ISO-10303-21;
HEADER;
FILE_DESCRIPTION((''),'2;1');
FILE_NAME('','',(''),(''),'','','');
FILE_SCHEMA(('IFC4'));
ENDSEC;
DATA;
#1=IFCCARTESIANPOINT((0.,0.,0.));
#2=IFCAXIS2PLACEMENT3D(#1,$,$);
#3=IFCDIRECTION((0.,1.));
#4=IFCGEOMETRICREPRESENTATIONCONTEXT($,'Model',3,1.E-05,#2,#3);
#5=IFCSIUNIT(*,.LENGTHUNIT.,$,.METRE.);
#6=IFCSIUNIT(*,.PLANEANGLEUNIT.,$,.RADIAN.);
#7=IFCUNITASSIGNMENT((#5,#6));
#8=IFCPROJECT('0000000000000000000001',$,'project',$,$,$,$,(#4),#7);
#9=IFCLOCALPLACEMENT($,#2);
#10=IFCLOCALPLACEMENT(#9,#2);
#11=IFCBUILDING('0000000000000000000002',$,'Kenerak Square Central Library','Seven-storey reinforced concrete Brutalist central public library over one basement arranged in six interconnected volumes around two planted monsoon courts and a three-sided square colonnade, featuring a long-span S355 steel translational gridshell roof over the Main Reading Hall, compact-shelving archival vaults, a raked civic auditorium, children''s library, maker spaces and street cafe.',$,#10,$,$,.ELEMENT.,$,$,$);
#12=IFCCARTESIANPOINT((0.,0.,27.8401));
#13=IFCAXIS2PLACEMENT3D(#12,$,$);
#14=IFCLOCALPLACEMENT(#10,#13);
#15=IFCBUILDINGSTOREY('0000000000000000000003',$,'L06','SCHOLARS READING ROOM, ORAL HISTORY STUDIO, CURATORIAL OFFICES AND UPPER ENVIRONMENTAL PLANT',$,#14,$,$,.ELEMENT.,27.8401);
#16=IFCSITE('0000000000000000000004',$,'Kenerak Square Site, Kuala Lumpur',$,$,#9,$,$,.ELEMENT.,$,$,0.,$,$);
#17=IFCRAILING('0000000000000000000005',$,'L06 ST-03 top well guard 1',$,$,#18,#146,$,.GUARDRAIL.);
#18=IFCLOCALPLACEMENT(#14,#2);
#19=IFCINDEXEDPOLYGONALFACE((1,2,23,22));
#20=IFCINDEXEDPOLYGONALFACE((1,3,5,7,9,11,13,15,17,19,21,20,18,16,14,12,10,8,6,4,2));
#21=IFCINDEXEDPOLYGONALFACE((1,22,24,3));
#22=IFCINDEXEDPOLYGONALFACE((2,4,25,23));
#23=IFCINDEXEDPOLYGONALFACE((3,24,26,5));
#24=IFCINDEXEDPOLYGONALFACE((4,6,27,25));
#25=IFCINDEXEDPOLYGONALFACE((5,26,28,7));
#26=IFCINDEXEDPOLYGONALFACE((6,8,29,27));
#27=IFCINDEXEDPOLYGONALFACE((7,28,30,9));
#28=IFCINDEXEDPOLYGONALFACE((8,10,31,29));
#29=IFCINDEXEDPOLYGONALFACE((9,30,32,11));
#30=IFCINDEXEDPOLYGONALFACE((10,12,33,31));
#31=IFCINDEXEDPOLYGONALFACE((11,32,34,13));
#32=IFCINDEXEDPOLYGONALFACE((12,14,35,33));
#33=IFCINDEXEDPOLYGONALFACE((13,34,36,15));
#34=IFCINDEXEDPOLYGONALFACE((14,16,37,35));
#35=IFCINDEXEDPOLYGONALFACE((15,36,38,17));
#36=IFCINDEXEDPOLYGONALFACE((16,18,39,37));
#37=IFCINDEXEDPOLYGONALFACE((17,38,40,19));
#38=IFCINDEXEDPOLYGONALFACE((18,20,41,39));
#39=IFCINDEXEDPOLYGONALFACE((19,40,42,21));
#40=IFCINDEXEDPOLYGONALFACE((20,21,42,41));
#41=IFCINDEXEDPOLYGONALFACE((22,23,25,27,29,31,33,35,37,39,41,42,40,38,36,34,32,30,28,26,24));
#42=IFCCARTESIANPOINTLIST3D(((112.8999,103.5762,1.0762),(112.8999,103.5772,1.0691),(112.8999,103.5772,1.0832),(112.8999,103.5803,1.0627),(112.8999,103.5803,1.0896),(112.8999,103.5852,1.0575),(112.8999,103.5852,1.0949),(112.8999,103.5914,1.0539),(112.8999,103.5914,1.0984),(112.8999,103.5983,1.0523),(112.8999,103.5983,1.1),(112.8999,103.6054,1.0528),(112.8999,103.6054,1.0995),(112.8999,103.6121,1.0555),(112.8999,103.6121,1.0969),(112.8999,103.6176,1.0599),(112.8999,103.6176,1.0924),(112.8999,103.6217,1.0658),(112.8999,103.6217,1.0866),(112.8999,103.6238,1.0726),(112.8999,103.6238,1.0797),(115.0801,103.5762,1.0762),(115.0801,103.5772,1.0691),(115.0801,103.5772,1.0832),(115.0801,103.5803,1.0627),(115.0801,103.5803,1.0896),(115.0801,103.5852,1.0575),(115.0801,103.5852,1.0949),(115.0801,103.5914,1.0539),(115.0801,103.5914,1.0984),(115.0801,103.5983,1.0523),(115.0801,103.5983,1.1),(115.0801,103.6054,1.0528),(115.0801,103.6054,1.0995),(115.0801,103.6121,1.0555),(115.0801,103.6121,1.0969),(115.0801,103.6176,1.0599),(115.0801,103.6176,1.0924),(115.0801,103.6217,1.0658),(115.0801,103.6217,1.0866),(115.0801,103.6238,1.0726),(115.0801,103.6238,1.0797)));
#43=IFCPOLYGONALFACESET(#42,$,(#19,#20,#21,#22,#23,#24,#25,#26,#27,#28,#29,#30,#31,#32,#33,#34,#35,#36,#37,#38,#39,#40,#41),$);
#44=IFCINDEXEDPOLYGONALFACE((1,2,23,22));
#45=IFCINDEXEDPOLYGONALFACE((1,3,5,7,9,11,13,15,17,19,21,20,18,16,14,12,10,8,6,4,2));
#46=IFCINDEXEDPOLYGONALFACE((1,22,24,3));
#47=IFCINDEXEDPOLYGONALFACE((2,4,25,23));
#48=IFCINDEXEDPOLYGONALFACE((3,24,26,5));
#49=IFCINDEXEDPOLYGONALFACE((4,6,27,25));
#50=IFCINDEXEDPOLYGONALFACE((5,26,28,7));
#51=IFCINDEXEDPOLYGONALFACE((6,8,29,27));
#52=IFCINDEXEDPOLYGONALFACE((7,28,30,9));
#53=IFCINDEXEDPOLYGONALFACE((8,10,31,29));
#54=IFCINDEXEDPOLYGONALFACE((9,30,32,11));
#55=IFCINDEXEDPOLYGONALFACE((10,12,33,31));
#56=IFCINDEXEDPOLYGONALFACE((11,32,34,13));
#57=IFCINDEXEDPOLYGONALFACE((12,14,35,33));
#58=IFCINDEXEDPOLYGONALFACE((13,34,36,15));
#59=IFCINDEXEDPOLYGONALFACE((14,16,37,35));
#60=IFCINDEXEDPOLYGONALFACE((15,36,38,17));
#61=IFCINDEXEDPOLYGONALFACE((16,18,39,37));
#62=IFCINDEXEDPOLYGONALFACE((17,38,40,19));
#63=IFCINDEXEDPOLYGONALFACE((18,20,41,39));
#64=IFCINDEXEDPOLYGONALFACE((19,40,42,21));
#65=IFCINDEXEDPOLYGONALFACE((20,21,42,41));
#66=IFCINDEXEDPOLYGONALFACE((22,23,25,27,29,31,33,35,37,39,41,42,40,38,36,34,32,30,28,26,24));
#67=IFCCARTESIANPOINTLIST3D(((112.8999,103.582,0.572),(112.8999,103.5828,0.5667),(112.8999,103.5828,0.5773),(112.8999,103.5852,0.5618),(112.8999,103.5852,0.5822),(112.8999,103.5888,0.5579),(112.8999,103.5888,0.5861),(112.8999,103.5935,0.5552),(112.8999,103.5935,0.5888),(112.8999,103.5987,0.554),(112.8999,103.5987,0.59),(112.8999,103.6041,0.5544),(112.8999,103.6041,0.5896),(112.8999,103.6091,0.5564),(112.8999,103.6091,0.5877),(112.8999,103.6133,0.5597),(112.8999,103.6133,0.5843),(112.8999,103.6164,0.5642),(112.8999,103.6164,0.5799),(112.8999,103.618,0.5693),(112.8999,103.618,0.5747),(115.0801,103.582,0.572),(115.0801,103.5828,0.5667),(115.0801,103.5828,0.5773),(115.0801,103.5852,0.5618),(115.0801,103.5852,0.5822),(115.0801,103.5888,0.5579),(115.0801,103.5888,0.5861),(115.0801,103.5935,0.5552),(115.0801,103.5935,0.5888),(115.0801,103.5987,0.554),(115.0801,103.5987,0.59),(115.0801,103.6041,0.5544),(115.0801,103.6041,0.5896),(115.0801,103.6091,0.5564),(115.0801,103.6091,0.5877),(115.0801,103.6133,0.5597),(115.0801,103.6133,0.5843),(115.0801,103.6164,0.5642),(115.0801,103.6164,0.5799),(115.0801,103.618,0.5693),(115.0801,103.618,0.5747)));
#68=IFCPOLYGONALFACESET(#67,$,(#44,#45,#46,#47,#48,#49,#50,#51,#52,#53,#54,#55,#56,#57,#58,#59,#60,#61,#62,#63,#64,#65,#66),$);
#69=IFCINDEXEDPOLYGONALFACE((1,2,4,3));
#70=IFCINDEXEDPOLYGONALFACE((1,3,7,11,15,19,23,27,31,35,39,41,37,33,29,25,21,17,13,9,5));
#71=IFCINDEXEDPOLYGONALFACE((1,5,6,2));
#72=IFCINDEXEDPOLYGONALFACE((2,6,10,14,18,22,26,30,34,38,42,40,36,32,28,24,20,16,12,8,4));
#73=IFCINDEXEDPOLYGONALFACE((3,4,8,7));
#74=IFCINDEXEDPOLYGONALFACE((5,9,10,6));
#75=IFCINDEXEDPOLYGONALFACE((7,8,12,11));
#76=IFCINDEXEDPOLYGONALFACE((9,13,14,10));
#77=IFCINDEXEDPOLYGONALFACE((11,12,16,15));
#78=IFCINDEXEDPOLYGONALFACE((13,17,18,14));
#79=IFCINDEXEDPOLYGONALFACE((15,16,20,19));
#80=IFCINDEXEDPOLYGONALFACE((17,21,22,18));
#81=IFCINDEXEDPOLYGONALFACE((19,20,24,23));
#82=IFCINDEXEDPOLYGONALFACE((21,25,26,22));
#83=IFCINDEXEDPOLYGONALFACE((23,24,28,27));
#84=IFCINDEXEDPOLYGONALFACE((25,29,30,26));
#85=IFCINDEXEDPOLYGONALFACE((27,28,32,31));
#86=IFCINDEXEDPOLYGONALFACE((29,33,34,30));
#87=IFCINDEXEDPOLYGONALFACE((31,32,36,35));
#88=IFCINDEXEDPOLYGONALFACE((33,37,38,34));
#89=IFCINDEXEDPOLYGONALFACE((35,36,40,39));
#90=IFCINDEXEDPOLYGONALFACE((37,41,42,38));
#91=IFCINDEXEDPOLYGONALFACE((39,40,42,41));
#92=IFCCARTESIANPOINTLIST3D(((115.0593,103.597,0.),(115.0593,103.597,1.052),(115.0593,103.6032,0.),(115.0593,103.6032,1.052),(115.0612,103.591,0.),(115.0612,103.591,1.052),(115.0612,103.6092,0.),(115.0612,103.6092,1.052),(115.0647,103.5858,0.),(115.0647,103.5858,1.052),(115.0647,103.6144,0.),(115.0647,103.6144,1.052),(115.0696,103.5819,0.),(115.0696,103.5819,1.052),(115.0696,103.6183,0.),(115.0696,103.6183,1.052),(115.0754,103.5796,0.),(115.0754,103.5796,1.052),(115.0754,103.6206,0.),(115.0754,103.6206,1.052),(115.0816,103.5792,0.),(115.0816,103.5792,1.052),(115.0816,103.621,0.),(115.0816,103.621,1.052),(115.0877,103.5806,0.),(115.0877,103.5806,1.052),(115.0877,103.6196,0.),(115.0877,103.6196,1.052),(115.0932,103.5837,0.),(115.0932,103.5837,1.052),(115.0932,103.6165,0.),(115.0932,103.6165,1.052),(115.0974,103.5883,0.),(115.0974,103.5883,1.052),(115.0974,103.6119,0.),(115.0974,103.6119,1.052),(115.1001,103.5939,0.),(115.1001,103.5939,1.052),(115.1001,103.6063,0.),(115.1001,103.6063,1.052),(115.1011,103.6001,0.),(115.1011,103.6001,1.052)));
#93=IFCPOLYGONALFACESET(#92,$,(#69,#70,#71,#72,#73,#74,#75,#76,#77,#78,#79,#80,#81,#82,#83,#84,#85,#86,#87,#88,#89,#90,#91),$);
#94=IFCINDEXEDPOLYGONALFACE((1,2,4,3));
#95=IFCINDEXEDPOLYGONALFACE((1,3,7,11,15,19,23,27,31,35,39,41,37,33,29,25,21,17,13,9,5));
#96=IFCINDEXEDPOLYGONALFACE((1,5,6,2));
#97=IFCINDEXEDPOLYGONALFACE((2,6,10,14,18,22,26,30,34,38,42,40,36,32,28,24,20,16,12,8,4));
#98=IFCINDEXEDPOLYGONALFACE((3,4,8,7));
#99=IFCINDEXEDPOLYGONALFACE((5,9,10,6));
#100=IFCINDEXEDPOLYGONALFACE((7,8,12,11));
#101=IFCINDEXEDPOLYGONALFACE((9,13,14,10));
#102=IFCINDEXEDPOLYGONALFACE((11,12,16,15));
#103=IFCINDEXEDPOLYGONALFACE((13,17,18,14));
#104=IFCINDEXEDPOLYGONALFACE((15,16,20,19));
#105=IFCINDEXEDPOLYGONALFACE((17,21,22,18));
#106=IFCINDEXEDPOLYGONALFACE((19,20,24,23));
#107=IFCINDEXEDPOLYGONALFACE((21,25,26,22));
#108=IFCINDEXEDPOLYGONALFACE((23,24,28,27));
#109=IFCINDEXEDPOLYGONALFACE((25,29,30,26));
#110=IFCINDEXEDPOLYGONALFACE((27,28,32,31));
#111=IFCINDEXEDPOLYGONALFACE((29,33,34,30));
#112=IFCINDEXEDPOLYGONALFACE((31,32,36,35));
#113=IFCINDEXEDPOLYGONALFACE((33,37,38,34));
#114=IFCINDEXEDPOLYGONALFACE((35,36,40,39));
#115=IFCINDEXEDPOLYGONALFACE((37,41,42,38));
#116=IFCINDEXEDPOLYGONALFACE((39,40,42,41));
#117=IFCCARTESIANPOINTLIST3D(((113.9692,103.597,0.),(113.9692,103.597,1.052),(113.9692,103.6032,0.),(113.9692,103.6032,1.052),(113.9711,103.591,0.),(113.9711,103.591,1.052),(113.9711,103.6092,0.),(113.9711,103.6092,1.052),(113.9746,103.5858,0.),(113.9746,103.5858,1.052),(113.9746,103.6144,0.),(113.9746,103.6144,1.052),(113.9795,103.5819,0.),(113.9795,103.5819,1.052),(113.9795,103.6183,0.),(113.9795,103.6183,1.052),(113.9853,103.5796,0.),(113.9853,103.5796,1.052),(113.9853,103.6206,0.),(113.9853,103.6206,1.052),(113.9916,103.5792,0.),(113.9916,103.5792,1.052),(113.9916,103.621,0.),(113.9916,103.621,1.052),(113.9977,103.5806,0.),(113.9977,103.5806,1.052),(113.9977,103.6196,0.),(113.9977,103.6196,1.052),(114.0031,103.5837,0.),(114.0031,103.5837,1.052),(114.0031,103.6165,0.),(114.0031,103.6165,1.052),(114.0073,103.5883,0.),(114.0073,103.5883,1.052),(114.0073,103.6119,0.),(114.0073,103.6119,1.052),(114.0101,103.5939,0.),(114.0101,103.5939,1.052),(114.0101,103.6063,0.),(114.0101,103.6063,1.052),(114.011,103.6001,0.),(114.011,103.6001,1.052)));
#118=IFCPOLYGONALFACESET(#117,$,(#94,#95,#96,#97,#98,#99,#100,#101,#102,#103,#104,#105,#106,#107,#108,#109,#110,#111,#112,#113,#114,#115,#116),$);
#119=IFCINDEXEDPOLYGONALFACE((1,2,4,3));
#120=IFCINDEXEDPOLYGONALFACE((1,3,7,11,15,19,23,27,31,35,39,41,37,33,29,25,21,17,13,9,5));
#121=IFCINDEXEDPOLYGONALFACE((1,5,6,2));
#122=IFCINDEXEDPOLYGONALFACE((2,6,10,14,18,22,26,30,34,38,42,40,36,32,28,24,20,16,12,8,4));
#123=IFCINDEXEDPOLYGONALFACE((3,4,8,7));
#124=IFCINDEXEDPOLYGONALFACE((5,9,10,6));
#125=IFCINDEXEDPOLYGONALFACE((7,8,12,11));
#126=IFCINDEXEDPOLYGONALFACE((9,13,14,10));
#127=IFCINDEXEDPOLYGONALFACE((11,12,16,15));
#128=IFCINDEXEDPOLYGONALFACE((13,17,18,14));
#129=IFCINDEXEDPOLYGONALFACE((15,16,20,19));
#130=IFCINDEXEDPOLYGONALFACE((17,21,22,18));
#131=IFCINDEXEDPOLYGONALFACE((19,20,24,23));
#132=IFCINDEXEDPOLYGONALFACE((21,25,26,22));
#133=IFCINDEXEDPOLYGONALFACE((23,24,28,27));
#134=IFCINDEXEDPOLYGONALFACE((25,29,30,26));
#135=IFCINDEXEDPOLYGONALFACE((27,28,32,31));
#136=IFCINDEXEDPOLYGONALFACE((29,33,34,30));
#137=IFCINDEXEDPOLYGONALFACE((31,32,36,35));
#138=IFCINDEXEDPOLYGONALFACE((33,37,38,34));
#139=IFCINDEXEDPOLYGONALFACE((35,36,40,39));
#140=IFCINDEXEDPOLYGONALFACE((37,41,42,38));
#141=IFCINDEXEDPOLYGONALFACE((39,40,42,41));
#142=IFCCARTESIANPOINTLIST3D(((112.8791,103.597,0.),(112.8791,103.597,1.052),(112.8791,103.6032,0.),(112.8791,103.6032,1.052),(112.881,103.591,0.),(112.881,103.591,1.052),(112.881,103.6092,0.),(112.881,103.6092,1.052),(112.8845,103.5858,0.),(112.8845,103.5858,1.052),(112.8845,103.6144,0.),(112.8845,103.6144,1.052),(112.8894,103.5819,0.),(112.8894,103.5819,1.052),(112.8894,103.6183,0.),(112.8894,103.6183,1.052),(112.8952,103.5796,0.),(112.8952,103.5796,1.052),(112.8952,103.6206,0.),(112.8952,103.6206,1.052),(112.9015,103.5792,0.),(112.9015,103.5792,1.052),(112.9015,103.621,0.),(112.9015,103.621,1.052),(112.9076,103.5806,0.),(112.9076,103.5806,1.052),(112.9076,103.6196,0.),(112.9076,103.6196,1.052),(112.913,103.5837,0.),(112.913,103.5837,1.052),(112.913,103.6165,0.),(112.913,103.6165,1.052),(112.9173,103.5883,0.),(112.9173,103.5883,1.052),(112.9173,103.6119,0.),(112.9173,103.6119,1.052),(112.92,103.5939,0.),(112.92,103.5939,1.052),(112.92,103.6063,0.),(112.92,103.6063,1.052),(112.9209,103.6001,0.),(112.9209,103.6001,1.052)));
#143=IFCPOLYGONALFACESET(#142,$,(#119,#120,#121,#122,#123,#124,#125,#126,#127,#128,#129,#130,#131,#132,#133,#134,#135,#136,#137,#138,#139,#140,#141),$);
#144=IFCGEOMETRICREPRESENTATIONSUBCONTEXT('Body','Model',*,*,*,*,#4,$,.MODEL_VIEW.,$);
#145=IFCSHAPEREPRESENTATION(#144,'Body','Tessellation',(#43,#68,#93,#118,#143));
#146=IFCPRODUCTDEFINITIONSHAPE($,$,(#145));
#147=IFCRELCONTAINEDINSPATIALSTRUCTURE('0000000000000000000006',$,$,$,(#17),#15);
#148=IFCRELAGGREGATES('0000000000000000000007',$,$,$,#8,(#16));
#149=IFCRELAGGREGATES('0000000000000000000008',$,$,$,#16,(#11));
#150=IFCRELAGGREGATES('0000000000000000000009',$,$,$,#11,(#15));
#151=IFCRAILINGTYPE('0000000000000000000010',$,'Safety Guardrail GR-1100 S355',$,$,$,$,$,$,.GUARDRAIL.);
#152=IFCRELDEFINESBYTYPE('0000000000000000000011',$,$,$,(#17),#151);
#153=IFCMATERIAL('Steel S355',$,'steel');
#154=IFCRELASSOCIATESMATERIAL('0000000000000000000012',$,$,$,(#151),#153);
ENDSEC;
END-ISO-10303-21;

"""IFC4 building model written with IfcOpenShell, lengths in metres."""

from ifc_helpers import new_model, si_unit, direction, frame, origin, origin_2d, place, context, subcontext, project, spatial, circle, extrude, material, type_object, element, save


model = new_model("IFC4")

# Units and contexts
model_context = context("Model", 3, precision=1e-05, world=origin(), true_north=direction((0.0, 1.0)))
body_context = subcontext(model_context, "Body", "Model", "MODEL_VIEW")
ifc_project = project(units=[si_unit("LENGTHUNIT", "METRE"), si_unit("PLANEANGLEUNIT", "RADIAN")], contexts=[model_context])

# Site, building, storey
site_placement = place(None, origin())
site = spatial("IfcSite", under=ifc_project, at=site_placement, Name="Kenerak Square Site, Kuala Lumpur", CompositionType="ELEMENT", RefElevation=0.0)
building_placement = place(site_placement, origin())
building = spatial("IfcBuilding", under=site, at=building_placement, Name="Kenerak Square Central Library", Description="Seven-storey reinforced concrete Brutalist central public library over one basement arranged in six interconnected volumes around two planted monsoon courts and a three-sided square colonnade, featuring a long-span S355 steel translational gridshell roof over the Main Reading Hall, compact-shelving archival vaults, a raked civic auditorium, children's library, maker spaces and street cafe.", CompositionType="ELEMENT")
storey_placement = place(building_placement, frame((0.0, 0.0, 27.8401)))
storey = spatial("IfcBuildingStorey", under=building, at=storey_placement, Name="L06", Description="SCHOLARS READING ROOM, ORAL HISTORY STUDIO, CURATORIAL OFFICES AND UPPER ENVIRONMENTAL PLANT", CompositionType="ELEMENT", Elevation=27.8401)

# Railing
ifc_material_1 = material(Name="Steel S355", Category="steel")
railing_type = type_object("IfcRailingType", Name="Safety Guardrail GR-1100 S355", PredefinedType="GUARDRAIL", material=ifc_material_1)
railing_1_placement = place(storey_placement, frame((115.0801, 103.6001, 0.0)))
element("IfcRailing", 1, at=railing_1_placement, inside=storey, type_object=railing_type, Name="L06 ST-03 top well guard 1", PredefinedType="GUARDRAIL", context=body_context, shape_type="SweptSolid", body=[
    extrude(circle(Radius=0.0239, at=origin_2d()), frame((0.0, 0.0, 1.0762), z_axis=(-1.0, 0.0, 0.0), x_axis=(0.0, -1.0, 0.0)), (0.0, 0.0, 1.0), 2.1802),
    extrude(circle(Radius=0.0181, at=origin_2d()), frame((0.0, 0.0, 0.572), z_axis=(-1.0, 0.0, 0.0), x_axis=(0.0, -1.0, 0.0)), (0.0, 0.0, 1.0), 2.1802),
    extrude(circle(Radius=0.021, at=origin_2d()), origin(), (0.0, 0.0, 1.0), 1.052),
    extrude(circle(Radius=0.021, at=origin_2d()), frame((-1.0901, 0.0, 0.0)), (0.0, 0.0, 1.0), 1.052),
    extrude(circle(Radius=0.021, at=origin_2d()), frame((-2.1802, 0.0, 0.0)), (0.0, 0.0, 1.0), 1.052),
])

save(model, "model.ifc")
